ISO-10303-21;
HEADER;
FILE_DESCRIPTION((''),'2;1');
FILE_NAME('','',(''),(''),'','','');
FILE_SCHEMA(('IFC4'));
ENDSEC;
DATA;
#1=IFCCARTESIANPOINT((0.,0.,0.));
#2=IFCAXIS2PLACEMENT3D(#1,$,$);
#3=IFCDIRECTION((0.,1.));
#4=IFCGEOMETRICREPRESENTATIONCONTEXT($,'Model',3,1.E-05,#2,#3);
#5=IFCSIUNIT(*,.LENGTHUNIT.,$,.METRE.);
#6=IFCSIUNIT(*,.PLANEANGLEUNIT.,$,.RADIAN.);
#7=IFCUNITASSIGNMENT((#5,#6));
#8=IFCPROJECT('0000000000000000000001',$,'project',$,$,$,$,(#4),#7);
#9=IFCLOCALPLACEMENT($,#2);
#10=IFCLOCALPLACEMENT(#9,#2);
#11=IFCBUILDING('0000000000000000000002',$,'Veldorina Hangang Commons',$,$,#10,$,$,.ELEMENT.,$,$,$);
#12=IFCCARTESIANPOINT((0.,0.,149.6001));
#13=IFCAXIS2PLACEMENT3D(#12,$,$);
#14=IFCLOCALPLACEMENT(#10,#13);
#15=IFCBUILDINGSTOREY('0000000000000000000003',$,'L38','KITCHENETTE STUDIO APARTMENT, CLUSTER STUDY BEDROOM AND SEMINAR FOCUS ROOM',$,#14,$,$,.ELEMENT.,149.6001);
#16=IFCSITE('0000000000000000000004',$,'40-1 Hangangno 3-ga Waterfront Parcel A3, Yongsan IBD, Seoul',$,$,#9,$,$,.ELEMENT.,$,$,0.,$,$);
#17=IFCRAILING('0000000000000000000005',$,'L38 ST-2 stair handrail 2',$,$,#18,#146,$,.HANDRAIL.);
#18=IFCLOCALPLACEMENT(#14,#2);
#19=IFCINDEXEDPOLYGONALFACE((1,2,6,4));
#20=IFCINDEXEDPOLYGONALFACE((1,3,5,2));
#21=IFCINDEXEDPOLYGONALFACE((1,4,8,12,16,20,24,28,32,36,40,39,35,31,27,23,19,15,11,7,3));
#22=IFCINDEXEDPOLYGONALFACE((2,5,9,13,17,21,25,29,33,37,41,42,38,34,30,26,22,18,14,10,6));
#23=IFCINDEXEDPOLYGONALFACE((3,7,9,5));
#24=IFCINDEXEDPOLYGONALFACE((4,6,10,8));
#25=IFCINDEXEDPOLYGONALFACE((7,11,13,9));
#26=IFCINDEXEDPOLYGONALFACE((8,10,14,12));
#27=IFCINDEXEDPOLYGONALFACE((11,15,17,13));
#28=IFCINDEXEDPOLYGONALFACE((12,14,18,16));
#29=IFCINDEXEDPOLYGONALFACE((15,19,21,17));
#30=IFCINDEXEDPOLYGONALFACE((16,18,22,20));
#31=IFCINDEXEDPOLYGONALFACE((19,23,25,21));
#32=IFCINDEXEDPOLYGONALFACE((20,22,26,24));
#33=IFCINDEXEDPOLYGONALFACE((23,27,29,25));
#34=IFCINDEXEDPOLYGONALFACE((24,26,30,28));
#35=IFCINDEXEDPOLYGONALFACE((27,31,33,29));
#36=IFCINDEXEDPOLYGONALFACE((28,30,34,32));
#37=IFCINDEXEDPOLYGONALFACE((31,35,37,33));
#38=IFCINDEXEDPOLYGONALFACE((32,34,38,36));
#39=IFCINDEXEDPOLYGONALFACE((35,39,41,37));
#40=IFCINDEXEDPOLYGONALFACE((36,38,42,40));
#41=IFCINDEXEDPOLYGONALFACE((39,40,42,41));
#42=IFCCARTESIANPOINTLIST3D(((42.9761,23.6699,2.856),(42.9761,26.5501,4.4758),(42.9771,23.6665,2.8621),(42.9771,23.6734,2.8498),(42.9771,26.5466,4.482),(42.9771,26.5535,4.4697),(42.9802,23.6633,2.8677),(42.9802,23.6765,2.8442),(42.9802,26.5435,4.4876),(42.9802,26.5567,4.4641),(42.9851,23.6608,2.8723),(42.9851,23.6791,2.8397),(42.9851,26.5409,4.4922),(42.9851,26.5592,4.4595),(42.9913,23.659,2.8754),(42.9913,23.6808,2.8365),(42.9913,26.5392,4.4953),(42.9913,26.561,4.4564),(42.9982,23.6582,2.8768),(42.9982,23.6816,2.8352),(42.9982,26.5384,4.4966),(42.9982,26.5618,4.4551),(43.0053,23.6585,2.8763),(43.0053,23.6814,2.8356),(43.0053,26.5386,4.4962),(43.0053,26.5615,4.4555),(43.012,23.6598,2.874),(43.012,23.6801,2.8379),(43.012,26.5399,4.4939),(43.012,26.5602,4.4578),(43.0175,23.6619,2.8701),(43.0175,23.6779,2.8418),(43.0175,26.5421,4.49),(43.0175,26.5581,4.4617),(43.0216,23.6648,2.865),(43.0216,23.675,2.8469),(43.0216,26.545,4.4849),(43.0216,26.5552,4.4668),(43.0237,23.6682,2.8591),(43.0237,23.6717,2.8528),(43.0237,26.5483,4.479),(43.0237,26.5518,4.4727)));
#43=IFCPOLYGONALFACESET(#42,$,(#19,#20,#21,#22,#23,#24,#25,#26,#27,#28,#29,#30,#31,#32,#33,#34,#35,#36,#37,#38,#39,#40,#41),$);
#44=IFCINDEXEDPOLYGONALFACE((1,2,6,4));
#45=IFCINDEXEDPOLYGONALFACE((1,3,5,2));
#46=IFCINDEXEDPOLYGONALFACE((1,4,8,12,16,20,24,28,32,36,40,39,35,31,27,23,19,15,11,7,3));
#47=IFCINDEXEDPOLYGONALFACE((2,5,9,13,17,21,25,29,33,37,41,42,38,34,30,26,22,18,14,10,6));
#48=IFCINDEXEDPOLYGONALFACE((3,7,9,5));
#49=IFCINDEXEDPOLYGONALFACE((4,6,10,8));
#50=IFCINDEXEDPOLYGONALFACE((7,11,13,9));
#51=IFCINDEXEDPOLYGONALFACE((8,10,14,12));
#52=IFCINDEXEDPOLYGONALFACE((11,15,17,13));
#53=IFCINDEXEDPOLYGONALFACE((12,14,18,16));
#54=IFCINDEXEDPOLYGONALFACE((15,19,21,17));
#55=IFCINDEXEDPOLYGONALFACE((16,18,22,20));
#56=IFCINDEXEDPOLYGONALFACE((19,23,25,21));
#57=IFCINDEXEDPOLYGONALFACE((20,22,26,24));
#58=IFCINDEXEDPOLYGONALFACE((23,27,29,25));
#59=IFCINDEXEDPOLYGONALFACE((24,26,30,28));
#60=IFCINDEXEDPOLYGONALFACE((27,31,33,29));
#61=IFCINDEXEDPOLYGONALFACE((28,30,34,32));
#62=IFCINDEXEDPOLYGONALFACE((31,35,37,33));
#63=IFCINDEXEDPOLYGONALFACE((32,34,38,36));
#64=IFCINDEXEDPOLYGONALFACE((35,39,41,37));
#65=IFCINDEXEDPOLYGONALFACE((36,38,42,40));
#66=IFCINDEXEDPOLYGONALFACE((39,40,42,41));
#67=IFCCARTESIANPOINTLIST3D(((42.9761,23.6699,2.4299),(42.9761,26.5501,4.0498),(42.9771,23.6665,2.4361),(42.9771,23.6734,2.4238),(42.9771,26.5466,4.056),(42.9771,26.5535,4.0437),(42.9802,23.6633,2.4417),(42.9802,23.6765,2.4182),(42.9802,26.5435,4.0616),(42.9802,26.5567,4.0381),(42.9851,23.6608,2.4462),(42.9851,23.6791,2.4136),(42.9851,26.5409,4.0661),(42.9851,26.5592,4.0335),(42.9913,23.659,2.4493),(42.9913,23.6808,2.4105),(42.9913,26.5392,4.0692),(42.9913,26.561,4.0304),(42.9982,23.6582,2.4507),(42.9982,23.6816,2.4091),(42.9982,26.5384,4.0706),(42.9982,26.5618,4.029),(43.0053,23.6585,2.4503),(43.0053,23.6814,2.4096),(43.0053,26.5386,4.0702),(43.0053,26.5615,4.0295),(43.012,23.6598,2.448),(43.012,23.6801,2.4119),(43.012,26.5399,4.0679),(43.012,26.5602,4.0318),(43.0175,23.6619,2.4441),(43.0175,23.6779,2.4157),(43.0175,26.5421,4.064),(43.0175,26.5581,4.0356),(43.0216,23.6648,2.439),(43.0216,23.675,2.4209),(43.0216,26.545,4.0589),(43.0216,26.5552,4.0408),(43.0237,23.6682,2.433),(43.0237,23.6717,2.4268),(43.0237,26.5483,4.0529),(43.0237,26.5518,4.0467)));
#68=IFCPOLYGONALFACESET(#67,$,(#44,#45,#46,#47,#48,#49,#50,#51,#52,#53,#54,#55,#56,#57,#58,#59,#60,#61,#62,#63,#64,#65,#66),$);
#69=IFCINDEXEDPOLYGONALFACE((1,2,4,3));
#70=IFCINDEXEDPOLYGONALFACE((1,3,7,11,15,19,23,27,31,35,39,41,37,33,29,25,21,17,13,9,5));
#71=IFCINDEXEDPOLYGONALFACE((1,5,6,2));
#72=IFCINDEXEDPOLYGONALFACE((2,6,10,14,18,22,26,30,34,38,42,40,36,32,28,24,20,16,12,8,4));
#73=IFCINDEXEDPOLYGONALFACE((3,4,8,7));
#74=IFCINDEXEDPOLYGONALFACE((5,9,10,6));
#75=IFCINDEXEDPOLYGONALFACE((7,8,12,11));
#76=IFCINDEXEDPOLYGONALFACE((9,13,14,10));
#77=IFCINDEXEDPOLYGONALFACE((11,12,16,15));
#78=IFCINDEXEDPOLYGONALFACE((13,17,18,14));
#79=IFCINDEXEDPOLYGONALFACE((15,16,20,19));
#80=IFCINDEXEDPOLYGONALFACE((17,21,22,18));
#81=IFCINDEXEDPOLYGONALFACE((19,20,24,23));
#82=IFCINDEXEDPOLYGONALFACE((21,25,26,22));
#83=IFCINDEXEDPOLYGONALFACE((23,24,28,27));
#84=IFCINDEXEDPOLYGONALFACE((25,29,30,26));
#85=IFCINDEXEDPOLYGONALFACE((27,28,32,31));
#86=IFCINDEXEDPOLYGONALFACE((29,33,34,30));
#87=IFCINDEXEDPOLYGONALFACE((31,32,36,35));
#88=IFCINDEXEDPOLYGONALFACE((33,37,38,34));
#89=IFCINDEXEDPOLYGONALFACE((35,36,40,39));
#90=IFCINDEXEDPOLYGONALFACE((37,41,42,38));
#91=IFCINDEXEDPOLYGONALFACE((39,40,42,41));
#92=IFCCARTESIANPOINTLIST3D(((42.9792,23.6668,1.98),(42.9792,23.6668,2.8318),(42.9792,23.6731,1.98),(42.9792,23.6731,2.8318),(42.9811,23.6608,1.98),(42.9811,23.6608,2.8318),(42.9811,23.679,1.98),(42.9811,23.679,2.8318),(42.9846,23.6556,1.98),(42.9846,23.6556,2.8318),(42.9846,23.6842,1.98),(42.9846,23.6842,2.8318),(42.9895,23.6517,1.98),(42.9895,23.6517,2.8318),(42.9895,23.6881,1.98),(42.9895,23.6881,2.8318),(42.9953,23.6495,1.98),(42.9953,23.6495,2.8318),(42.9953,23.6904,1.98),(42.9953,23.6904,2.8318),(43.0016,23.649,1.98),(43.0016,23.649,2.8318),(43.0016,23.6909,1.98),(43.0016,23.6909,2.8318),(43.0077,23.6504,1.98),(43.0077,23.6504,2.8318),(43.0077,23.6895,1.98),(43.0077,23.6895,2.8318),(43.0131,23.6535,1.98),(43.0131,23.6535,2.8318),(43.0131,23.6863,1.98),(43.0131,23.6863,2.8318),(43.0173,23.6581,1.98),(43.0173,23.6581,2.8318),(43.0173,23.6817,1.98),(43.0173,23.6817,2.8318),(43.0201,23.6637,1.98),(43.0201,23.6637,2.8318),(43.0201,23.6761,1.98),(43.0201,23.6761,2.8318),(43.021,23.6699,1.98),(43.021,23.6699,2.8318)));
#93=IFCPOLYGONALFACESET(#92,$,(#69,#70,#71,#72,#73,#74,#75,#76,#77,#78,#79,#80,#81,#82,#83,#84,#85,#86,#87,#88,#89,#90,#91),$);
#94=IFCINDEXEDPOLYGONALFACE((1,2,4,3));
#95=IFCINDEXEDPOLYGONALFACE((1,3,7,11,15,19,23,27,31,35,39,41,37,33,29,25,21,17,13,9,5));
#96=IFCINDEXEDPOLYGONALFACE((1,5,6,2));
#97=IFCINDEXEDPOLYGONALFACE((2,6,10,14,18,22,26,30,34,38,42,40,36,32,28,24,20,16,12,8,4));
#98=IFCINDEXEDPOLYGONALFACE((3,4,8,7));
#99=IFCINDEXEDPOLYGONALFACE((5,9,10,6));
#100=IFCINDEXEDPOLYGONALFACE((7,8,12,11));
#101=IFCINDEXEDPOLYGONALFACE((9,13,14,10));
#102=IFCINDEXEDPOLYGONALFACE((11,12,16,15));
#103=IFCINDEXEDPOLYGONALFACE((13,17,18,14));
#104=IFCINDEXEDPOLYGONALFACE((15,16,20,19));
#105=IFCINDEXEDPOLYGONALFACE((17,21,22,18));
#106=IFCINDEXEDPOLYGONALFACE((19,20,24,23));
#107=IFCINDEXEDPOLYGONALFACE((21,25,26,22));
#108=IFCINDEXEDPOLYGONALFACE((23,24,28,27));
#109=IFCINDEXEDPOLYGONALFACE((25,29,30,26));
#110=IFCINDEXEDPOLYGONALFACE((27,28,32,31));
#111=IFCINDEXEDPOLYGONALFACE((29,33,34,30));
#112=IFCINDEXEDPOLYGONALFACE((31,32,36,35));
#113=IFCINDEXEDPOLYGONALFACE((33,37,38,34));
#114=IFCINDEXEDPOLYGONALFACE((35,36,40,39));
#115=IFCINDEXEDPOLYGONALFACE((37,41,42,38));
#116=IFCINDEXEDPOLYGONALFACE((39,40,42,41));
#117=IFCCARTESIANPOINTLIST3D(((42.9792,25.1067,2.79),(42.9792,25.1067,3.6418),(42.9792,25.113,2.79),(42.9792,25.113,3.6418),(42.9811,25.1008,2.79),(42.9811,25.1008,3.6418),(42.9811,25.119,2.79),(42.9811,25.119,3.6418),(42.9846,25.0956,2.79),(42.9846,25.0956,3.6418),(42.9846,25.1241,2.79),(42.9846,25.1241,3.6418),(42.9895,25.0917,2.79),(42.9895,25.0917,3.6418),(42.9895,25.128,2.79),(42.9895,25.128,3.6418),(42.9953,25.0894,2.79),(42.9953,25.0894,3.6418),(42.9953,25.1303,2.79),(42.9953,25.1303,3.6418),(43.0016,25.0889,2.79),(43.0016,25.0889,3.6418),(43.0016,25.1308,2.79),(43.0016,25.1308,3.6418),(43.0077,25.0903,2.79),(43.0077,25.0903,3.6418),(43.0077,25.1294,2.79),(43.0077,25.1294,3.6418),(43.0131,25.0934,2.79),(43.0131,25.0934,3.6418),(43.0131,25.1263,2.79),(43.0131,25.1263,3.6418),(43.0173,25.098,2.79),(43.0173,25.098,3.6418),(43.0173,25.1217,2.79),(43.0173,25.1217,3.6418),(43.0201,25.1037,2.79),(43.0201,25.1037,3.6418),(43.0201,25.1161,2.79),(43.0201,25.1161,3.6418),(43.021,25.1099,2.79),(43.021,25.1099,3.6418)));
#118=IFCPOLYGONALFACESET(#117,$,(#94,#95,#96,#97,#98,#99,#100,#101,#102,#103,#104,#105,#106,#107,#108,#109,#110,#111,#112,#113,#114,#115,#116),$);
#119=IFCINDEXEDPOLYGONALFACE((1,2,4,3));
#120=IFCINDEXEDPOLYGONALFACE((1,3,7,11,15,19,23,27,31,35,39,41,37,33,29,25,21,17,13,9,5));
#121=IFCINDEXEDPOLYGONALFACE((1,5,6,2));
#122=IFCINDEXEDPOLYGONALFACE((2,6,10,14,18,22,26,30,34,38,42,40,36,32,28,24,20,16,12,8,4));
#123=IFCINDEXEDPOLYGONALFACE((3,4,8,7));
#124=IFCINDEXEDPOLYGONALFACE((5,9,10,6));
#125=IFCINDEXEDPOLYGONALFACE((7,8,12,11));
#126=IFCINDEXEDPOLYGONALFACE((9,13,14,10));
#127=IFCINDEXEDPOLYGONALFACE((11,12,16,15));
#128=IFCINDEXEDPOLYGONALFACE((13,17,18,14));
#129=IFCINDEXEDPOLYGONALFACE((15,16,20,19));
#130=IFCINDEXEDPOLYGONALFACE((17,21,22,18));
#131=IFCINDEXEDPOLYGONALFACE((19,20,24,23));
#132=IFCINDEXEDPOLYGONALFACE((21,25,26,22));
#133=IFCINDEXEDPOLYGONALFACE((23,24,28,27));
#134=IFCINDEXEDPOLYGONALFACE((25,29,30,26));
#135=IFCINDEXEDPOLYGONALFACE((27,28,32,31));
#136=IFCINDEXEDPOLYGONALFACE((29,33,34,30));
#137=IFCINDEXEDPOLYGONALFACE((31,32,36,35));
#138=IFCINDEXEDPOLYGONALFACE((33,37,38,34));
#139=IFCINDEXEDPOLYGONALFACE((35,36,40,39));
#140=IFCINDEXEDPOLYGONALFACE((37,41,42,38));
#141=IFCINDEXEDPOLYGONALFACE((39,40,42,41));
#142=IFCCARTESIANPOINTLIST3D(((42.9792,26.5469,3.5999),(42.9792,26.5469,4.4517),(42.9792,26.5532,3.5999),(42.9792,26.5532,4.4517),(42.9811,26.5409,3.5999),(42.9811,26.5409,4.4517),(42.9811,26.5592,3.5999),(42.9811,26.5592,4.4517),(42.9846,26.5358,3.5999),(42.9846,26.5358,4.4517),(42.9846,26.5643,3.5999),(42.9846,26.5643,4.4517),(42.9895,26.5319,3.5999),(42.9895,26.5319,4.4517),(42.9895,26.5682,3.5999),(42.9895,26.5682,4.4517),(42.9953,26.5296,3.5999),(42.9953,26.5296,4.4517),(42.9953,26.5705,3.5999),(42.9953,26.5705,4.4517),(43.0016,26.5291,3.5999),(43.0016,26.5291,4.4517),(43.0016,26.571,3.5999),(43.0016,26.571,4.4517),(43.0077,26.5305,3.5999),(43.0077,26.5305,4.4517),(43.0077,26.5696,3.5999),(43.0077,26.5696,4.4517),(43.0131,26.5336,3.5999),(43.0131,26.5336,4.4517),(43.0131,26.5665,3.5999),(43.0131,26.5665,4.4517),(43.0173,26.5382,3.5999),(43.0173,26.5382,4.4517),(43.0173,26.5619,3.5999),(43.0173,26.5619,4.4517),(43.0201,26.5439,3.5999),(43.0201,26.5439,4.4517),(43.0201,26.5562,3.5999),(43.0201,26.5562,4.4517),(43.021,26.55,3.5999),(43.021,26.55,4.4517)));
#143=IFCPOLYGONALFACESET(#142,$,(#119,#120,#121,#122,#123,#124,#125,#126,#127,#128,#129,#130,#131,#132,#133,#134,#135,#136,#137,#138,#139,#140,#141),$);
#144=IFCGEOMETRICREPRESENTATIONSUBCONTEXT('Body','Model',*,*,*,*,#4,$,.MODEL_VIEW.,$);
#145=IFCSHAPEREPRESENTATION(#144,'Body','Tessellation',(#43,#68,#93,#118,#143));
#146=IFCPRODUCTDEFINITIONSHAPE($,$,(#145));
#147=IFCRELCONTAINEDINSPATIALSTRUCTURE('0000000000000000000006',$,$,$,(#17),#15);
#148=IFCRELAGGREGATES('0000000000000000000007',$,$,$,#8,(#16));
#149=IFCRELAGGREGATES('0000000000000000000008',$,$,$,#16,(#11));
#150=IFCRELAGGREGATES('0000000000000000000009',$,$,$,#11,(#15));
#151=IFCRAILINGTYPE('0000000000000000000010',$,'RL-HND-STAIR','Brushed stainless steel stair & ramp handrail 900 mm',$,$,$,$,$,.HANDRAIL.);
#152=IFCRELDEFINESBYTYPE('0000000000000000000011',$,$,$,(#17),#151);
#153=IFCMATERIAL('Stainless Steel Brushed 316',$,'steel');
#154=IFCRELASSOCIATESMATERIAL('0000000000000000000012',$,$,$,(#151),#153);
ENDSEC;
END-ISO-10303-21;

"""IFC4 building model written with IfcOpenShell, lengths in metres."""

from ifc_helpers import new_model, si_unit, direction, frame, origin, origin_2d, place, context, subcontext, project, spatial, circle, extrude, material, type_object, element, save


model = new_model("IFC4")

# Units and contexts
model_context = context("Model", 3, precision=1e-05, world=origin(), true_north=direction((0.0, 1.0)))
body_context = subcontext(model_context, "Body", "Model", "MODEL_VIEW")
ifc_project = project(units=[si_unit("LENGTHUNIT", "METRE"), si_unit("PLANEANGLEUNIT", "RADIAN")], contexts=[model_context])

# Site, building, storey
site_placement = place(None, origin())
site = spatial("IfcSite", under=ifc_project, at=site_placement, Name="40-1 Hangangno 3-ga Waterfront Parcel A3, Yongsan IBD, Seoul", CompositionType="ELEMENT", RefElevation=0.0)
building_placement = place(site_placement, origin())
building = spatial("IfcBuilding", under=site, at=building_placement, Name="Veldorina Hangang Commons", CompositionType="ELEMENT")
storey_placement = place(building_placement, frame((0.0, 0.0, 149.6001)))
storey = spatial("IfcBuildingStorey", under=building, at=storey_placement, Name="L38", Description="KITCHENETTE STUDIO APARTMENT, CLUSTER STUDY BEDROOM AND SEMINAR FOCUS ROOM", CompositionType="ELEMENT", Elevation=149.6001)

# Railing
ifc_material_1 = material(Name="Stainless Steel Brushed 316", Category="steel")
railing_type_1 = type_object("IfcRailingType", Name="RL-HND-STAIR", Description="Brushed stainless steel stair & ramp handrail 900 mm", PredefinedType="HANDRAIL", material=ifc_material_1)
railing_1_placement = place(storey_placement, frame((43.0, 23.6699, 1.98)))
element("IfcRailing", 1, at=railing_1_placement, inside=storey, type_object=railing_type_1, Name="L38 ST-2 stair handrail 2", PredefinedType="HANDRAIL", context=body_context, shape_type="SweptSolid", body=[
    extrude(circle(Radius=0.0239, at=origin_2d()), frame((0.0, 0.0, 0.876), z_axis=(0.0, 0.871601, 0.490216), x_axis=(-1.0, 0.0, 0.0)), (0.0, 0.0, 1.0), 3.3044),
    extrude(circle(Radius=0.0239, at=origin_2d()), frame((0.0, 0.0, 0.45), z_axis=(0.0, 0.871601, 0.490216), x_axis=(-1.0, 0.0, 0.0)), (0.0, 0.0, 1.0), 3.3044),
    extrude(circle(Radius=0.021, at=origin_2d()), origin(), (0.0, 0.0, 1.0), 0.8518),
    extrude(circle(Radius=0.021, at=origin_2d()), frame((0.0, 1.4399, 0.8101)), (0.0, 0.0, 1.0), 0.8518),
    extrude(circle(Radius=0.021, at=origin_2d()), frame((0.0, 2.8801, 1.6199)), (0.0, 0.0, 1.0), 0.8518),
])

save(model, "model.ifc")
